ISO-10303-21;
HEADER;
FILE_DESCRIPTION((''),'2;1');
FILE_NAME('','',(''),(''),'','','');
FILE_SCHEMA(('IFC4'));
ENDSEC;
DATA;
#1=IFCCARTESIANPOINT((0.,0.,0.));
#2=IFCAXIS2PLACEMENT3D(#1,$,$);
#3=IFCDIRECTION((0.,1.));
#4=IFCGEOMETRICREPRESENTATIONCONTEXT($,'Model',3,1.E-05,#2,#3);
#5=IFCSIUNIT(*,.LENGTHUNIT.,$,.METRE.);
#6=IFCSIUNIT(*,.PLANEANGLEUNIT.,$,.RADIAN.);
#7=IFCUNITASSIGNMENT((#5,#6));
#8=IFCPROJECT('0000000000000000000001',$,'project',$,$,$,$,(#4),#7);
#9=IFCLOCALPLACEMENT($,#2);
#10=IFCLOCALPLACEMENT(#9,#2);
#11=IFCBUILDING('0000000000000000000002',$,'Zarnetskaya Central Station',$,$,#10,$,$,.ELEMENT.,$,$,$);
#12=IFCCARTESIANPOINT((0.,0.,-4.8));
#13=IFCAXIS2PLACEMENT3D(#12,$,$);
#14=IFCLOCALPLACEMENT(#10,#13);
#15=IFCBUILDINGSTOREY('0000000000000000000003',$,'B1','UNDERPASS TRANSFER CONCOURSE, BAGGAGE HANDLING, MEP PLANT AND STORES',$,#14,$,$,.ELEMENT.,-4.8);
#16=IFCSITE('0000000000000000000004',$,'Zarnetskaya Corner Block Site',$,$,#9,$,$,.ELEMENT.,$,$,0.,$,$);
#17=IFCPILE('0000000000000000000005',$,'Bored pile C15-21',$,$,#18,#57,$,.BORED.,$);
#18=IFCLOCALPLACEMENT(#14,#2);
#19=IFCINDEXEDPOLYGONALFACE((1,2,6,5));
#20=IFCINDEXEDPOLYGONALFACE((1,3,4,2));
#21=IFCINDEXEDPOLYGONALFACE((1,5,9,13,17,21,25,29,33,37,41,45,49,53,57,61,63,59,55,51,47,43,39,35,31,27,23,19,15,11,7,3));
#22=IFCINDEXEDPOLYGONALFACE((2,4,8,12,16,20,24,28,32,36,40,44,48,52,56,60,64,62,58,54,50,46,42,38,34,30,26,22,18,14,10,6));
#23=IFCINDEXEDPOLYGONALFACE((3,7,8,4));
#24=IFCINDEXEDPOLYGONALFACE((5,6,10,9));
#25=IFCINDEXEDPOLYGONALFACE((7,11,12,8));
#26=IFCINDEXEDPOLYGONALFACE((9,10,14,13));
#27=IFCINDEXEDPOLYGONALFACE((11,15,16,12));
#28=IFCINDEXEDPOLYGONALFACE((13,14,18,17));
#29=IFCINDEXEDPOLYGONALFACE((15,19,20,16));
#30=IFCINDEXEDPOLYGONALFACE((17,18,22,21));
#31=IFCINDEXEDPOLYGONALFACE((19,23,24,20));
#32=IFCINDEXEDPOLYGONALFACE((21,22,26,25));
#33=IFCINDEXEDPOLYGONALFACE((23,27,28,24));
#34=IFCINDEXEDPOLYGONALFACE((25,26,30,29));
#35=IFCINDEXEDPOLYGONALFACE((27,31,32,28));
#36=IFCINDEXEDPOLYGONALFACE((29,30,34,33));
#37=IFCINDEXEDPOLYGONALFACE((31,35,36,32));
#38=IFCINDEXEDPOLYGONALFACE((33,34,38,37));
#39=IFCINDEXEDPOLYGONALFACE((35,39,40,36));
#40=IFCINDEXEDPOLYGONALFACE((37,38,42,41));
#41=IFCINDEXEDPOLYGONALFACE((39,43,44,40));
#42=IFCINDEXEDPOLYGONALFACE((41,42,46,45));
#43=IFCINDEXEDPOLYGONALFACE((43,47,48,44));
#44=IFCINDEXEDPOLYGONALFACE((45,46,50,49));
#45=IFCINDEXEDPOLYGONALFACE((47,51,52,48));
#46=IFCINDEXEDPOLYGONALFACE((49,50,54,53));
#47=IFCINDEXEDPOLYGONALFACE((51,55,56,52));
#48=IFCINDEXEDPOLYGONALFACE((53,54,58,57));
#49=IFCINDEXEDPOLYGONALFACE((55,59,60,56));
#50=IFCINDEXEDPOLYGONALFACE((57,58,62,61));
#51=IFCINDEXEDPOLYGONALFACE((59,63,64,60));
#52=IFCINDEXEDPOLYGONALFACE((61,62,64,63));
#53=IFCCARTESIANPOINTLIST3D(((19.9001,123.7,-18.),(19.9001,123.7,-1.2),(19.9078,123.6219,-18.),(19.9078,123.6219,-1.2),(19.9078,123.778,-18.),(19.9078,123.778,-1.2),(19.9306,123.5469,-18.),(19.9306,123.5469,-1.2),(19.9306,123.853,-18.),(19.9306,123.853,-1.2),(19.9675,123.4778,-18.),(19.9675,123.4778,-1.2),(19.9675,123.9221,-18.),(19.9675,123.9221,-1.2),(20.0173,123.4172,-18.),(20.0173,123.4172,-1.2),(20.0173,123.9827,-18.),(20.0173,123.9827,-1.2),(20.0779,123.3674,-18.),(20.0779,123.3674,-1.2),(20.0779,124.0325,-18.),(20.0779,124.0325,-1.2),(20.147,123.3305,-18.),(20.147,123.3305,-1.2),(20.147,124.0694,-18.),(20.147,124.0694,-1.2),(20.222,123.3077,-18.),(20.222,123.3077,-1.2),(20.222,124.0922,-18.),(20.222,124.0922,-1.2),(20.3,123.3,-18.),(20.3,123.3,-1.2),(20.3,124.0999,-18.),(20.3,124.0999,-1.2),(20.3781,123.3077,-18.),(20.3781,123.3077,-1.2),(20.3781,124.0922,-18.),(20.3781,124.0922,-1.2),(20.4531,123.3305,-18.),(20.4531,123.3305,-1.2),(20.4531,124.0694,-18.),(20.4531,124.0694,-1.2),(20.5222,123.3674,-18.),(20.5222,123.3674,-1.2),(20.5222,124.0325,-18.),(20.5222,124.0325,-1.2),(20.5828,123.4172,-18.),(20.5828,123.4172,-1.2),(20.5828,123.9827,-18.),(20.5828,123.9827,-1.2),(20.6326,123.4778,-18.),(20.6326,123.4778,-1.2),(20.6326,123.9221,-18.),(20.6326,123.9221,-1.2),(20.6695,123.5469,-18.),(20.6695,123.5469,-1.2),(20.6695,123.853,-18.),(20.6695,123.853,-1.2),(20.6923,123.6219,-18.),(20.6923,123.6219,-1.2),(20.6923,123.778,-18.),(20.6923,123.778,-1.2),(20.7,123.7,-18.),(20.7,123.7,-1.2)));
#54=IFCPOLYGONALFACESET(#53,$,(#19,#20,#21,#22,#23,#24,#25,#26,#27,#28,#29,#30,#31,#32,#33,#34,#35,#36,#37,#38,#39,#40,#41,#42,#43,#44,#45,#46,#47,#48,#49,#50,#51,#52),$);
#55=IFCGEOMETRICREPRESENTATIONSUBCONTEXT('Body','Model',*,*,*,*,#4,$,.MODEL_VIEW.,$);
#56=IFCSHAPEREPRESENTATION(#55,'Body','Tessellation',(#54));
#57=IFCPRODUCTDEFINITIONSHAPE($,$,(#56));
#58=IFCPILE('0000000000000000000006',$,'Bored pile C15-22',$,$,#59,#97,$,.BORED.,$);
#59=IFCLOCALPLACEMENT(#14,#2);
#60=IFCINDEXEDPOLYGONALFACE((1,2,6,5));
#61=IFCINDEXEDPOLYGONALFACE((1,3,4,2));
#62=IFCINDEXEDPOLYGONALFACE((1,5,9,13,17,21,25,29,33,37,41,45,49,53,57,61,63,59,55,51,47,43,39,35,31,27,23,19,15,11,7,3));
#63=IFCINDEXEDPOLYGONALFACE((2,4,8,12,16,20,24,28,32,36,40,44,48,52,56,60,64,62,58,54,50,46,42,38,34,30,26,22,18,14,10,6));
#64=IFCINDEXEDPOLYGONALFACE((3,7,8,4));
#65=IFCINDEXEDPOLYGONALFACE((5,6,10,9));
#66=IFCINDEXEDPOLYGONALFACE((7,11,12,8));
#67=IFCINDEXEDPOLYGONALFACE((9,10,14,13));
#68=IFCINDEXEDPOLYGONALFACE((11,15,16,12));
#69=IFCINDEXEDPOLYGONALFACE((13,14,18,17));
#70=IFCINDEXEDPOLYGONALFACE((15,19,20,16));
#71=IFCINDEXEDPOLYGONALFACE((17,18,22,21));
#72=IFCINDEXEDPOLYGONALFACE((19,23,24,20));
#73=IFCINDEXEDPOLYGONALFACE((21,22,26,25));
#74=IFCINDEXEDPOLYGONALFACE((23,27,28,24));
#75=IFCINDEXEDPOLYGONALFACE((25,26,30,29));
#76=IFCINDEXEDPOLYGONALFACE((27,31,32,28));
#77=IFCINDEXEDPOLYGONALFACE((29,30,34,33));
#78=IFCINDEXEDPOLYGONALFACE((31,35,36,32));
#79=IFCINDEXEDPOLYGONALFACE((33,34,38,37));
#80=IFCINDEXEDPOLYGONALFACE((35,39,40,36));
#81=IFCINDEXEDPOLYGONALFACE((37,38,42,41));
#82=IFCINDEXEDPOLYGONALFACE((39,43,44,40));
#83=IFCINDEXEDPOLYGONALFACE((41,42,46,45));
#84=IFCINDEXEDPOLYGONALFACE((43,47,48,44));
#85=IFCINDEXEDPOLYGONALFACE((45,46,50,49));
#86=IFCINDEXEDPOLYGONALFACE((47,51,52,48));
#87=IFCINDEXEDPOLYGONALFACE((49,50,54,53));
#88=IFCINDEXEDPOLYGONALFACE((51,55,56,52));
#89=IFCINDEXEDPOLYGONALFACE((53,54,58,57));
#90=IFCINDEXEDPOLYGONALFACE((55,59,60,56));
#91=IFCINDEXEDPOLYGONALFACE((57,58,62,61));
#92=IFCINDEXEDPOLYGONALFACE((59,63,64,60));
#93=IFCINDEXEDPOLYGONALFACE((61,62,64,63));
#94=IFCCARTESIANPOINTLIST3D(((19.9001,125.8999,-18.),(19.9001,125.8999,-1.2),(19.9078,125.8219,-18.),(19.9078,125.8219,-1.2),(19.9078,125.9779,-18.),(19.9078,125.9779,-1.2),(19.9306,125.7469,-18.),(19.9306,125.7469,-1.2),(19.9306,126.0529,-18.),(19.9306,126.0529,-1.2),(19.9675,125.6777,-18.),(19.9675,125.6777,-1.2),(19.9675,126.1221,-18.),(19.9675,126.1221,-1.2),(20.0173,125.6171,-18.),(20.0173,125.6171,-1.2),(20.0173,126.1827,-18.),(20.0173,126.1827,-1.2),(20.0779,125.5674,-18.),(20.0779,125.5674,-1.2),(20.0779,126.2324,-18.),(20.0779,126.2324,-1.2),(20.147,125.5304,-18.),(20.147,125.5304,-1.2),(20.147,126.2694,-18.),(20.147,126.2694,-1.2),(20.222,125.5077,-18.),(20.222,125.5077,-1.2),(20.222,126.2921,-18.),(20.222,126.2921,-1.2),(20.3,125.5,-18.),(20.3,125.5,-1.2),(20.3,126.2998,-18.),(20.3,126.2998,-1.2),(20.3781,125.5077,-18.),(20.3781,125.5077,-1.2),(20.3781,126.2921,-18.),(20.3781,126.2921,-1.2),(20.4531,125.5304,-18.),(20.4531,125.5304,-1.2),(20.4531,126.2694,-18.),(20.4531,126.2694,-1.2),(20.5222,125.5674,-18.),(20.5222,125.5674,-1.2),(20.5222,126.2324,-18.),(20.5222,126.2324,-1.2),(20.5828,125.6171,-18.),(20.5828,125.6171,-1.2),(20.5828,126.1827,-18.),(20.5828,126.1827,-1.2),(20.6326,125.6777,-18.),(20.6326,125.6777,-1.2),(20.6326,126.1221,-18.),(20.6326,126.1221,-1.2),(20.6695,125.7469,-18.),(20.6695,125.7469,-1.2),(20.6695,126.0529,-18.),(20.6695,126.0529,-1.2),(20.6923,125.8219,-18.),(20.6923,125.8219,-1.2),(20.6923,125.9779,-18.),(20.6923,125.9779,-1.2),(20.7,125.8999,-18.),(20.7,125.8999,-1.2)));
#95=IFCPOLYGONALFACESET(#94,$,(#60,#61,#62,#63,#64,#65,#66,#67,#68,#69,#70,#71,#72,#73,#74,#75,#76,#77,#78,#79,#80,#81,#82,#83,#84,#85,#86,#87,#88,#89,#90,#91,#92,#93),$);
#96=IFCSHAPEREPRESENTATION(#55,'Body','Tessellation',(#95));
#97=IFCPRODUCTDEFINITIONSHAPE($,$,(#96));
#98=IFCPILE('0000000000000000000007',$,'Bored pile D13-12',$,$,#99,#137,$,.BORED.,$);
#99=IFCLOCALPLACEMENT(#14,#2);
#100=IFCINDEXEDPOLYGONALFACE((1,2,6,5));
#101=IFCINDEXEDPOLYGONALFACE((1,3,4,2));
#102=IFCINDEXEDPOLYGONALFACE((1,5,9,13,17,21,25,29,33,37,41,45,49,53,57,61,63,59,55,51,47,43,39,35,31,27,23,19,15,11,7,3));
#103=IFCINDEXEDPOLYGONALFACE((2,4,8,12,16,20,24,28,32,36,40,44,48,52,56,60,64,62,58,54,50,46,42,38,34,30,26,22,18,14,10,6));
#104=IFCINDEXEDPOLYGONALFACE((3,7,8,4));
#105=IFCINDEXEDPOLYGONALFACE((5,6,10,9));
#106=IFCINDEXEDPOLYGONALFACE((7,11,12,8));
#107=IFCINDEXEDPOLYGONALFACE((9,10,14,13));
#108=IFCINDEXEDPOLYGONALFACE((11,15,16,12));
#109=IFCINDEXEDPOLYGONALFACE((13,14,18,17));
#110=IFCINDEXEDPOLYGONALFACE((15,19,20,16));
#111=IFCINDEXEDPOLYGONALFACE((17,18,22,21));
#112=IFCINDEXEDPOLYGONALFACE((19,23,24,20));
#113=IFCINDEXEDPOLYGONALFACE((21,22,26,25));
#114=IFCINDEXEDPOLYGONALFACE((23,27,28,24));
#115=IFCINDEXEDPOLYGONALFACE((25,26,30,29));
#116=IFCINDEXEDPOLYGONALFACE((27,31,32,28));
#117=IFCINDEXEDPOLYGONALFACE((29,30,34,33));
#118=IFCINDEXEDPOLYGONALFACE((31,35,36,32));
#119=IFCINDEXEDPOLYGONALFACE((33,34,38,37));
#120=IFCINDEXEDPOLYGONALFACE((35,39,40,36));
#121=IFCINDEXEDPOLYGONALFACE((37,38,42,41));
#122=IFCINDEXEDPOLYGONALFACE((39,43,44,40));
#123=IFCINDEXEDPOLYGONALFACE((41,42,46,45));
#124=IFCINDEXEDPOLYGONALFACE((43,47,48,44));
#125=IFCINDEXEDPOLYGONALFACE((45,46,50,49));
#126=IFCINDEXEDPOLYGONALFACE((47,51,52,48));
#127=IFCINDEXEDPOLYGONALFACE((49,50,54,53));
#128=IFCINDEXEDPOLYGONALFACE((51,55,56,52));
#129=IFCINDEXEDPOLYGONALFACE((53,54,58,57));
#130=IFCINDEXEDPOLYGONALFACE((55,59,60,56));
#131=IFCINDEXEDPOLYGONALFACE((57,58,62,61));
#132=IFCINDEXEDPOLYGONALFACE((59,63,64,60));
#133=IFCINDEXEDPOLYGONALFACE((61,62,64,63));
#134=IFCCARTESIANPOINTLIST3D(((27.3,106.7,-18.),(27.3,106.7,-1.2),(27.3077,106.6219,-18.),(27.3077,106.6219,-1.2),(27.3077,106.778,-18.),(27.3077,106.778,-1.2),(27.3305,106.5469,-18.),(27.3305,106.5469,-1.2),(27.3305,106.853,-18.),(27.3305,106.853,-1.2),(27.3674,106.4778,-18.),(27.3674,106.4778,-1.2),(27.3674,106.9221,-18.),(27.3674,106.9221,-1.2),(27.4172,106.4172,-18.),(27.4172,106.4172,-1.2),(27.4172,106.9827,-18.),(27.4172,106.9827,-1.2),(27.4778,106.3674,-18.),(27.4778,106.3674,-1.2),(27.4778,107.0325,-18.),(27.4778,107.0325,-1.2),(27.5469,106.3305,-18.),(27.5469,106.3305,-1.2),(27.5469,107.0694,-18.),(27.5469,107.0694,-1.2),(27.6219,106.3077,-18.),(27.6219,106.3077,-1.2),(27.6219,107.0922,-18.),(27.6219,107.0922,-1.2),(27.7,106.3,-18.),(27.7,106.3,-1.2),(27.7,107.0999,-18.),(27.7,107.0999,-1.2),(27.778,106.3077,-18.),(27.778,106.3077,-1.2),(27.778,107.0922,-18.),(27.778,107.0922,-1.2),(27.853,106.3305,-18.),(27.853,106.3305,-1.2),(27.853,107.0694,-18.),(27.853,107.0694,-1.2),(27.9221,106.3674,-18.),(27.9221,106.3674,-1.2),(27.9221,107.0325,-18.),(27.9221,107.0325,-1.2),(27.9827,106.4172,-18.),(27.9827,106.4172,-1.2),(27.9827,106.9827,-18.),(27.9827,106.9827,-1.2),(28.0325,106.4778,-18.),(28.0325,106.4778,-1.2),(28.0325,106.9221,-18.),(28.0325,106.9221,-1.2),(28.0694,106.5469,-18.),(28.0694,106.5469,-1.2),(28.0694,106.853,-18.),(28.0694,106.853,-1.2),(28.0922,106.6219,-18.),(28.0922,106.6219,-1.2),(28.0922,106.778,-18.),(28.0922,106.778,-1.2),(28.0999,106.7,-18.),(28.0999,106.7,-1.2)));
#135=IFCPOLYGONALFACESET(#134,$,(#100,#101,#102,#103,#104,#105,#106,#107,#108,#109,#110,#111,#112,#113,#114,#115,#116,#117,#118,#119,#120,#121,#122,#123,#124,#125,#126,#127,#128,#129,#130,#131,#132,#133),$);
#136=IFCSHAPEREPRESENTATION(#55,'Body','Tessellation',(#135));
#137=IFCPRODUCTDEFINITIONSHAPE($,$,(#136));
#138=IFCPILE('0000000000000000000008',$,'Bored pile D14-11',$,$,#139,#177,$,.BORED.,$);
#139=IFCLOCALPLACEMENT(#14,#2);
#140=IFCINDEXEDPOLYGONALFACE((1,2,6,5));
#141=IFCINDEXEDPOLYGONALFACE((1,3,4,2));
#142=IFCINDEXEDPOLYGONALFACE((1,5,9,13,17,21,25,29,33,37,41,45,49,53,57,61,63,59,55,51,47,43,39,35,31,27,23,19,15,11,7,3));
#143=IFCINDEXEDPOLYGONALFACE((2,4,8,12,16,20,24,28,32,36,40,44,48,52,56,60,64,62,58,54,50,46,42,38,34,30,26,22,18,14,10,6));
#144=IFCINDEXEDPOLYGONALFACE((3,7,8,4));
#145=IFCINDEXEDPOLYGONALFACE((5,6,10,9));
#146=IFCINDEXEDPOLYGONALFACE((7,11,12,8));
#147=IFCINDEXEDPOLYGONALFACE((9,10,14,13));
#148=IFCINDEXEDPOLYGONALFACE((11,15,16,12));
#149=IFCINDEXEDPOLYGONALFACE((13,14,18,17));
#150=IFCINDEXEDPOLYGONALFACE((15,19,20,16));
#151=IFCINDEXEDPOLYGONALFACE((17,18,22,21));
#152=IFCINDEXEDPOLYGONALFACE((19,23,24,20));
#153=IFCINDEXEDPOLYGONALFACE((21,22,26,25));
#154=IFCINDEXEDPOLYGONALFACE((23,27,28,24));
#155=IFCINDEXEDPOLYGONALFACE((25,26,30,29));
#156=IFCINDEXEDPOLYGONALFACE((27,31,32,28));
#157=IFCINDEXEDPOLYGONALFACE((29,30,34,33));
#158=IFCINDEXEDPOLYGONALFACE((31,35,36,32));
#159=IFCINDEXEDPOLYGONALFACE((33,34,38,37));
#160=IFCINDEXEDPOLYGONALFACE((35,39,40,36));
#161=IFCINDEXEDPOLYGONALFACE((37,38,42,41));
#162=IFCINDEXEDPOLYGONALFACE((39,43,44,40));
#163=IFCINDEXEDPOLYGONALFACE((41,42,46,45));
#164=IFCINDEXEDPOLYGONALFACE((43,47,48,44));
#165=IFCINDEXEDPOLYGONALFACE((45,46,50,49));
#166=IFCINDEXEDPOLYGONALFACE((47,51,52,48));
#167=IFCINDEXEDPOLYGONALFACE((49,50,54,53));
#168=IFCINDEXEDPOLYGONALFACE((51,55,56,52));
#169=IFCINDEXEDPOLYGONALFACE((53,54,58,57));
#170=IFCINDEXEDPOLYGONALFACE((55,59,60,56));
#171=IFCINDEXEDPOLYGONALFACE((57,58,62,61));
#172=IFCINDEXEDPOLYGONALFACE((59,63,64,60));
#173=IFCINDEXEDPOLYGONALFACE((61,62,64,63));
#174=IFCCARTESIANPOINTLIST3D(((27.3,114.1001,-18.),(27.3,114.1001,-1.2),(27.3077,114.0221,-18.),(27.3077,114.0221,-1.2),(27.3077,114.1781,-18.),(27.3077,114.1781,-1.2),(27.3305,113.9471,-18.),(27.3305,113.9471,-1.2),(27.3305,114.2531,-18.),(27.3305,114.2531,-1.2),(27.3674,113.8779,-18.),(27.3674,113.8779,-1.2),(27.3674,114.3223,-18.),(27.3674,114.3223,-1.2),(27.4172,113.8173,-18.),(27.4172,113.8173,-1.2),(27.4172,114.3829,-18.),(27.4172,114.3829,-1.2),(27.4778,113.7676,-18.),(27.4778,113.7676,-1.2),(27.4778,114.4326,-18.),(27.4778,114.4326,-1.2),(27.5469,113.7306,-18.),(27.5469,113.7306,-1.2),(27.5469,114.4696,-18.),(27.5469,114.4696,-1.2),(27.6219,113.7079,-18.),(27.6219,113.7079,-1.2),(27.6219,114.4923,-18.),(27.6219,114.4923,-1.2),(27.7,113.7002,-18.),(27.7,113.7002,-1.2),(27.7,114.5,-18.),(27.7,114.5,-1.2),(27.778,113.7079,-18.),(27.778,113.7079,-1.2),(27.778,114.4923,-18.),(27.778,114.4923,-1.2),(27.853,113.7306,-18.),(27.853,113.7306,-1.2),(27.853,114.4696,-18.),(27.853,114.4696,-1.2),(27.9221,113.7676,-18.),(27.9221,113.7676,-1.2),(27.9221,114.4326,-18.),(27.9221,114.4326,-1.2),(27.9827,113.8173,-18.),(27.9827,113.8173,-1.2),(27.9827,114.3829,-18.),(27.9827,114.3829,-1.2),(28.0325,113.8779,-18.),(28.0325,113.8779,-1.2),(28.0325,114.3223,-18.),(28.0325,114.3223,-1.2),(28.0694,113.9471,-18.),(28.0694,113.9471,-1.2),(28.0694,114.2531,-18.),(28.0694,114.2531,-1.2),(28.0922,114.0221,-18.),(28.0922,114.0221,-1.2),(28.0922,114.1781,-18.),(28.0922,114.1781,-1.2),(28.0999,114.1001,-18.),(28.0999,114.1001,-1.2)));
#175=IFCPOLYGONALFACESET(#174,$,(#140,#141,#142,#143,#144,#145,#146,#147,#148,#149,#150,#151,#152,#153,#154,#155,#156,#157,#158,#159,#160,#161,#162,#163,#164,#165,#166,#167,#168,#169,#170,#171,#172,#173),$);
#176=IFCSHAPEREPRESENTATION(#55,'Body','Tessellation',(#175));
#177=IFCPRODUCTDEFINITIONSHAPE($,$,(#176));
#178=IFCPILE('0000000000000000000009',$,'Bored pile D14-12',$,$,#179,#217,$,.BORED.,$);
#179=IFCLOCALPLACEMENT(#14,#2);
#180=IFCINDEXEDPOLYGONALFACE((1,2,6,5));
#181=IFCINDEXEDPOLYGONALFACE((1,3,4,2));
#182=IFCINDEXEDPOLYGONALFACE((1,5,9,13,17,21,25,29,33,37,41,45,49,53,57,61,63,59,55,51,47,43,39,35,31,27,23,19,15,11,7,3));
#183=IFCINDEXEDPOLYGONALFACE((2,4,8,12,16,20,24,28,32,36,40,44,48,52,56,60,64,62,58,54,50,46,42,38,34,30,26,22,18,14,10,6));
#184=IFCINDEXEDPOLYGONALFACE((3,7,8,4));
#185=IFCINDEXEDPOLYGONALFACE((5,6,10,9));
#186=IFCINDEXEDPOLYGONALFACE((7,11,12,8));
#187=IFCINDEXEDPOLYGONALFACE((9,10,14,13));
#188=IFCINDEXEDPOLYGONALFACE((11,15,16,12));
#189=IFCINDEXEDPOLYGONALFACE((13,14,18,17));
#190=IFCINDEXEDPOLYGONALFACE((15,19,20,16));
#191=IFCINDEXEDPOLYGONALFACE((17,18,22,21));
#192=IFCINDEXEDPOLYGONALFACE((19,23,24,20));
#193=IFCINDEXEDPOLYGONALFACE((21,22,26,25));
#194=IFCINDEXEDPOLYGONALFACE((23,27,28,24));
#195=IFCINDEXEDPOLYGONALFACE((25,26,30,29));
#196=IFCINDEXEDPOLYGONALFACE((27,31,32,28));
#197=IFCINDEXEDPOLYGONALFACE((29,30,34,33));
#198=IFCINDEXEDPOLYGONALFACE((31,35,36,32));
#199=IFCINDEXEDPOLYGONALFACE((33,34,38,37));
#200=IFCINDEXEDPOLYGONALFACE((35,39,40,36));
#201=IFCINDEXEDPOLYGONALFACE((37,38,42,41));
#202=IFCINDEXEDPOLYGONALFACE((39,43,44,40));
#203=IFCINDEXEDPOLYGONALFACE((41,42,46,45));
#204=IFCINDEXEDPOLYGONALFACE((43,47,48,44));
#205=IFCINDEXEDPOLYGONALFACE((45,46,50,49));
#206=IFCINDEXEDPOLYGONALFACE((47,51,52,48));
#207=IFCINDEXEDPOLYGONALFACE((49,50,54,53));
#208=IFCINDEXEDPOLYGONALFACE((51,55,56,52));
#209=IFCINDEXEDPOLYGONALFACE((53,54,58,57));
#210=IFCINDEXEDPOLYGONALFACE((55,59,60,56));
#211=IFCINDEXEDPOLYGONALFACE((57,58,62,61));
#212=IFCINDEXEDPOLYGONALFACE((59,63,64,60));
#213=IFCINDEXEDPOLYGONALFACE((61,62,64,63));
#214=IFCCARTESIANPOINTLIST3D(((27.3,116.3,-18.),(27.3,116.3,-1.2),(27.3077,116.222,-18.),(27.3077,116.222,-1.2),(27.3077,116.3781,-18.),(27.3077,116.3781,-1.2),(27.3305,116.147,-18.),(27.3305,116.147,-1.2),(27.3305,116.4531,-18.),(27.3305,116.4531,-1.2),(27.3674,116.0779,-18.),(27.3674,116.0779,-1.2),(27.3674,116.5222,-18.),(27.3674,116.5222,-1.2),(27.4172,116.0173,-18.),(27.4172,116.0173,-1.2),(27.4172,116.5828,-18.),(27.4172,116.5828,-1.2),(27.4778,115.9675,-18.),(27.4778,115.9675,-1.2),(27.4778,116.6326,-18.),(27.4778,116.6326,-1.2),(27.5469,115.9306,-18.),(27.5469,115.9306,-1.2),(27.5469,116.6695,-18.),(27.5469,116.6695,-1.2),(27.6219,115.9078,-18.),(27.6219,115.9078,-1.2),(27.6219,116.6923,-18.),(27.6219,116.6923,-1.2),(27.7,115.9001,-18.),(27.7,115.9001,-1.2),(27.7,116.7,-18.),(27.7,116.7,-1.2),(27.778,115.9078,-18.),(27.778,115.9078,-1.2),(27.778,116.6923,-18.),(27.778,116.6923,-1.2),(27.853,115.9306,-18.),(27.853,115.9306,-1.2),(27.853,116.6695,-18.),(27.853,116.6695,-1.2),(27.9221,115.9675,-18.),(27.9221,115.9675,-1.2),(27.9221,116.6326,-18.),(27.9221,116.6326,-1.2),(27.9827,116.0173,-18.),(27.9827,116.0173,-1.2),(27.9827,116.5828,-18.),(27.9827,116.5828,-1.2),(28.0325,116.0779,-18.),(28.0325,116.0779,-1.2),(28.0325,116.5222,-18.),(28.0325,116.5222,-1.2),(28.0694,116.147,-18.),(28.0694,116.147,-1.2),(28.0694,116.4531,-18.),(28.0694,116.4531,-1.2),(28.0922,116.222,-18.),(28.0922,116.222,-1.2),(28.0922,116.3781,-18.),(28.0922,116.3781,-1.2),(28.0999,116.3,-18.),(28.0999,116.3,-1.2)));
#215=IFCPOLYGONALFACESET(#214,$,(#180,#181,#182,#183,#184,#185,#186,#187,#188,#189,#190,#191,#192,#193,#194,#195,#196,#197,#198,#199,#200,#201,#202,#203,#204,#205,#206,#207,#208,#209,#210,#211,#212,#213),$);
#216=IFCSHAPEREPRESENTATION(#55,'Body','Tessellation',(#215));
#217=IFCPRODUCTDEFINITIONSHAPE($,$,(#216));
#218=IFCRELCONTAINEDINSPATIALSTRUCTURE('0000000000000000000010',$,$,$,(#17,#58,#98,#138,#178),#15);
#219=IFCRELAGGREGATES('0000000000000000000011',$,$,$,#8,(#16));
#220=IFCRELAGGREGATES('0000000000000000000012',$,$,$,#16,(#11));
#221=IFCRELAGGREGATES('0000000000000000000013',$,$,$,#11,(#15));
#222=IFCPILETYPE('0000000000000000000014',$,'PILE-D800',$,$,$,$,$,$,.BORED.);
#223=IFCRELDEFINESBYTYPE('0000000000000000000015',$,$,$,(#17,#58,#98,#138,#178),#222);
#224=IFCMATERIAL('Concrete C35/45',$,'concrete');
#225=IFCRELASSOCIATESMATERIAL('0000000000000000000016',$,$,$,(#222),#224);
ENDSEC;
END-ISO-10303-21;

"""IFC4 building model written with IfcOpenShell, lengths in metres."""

from ifc_helpers import new_model, si_unit, direction, frame, origin, origin_2d, place, context, subcontext, project, spatial, circle, extrude, material, material_profile, profile_set, type_object, element, save


model = new_model("IFC4")

# Units and contexts
model_context = context("Model", 3, precision=1e-05, world=origin(), true_north=direction((0.0, 1.0)))
body_context = subcontext(model_context, "Body", "Model", "MODEL_VIEW")
ifc_project = project(units=[si_unit("LENGTHUNIT", "METRE"), si_unit("PLANEANGLEUNIT", "RADIAN")], contexts=[model_context])

# Site, building, storey
site_placement = place(None, origin())
site = spatial("IfcSite", under=ifc_project, at=site_placement, Name="Zarnetskaya Corner Block Site", CompositionType="ELEMENT", RefElevation=0.0)
building_placement = place(site_placement, origin())
building = spatial("IfcBuilding", under=site, at=building_placement, Name="Zarnetskaya Central Station", CompositionType="ELEMENT")
storey_placement = place(building_placement, frame((0.0, 0.0, -4.8)))
storey = spatial("IfcBuildingStorey", under=building, at=storey_placement, Name="B1", Description="UNDERPASS TRANSFER CONCOURSE, BAGGAGE HANDLING, MEP PLANT AND STORES", CompositionType="ELEMENT", Elevation=-4.8)

# Shared definitions
ifc_material = material(Name="Concrete C35/45", Category="concrete")

# Piles
ifc_material_profile_1 = material_profile(ifc_material, circle(Radius=0.3999, at=origin_2d()), Name="BORED PILE D800")
ifc_profile_set_1 = profile_set([ifc_material_profile_1], Name="Concrete C35/45")
pile_type = type_object("IfcPileType", Name="PILE-D800", PredefinedType="BORED", material=ifc_profile_set_1)
for number, where, z_axis, x_axis, name in (
    (1, (20.3, 123.7, -1.2), (0.0, 0.0, -1.0), (1.0, 0.0, 0.0), "Bored pile C15-21"),
    (2, (20.3, 125.8999, -1.2), (0.0, 0.0, -1.0), (1.0, 0.0, 0.0), "Bored pile C15-22"),
    (3, (27.7, 106.7, -1.2), (0.0, 0.0, -1.0), (1.0, 0.0, 0.0), "Bored pile D13-12"),
    (4, (27.7, 114.1001, -1.2), (0.0, 0.0, -1.0), (1.0, 0.0, 0.0), "Bored pile D14-11"),
    (5, (27.7, 116.3, -1.2), (0.0, 0.0, -1.0), (1.0, 0.0, 0.0), "Bored pile D14-12"),
):
    element("IfcPile", number, at=place(storey_placement, frame(where, z_axis=z_axis, x_axis=x_axis)), inside=storey, type_object=pile_type, Name=name, PredefinedType="BORED", context=body_context, shape_type="SweptSolid", body=[
        extrude(circle(Radius=0.3999, at=origin_2d()), origin(), (0.0, 0.0, 1.0), 16.8),
    ])

save(model, "model.ifc")
